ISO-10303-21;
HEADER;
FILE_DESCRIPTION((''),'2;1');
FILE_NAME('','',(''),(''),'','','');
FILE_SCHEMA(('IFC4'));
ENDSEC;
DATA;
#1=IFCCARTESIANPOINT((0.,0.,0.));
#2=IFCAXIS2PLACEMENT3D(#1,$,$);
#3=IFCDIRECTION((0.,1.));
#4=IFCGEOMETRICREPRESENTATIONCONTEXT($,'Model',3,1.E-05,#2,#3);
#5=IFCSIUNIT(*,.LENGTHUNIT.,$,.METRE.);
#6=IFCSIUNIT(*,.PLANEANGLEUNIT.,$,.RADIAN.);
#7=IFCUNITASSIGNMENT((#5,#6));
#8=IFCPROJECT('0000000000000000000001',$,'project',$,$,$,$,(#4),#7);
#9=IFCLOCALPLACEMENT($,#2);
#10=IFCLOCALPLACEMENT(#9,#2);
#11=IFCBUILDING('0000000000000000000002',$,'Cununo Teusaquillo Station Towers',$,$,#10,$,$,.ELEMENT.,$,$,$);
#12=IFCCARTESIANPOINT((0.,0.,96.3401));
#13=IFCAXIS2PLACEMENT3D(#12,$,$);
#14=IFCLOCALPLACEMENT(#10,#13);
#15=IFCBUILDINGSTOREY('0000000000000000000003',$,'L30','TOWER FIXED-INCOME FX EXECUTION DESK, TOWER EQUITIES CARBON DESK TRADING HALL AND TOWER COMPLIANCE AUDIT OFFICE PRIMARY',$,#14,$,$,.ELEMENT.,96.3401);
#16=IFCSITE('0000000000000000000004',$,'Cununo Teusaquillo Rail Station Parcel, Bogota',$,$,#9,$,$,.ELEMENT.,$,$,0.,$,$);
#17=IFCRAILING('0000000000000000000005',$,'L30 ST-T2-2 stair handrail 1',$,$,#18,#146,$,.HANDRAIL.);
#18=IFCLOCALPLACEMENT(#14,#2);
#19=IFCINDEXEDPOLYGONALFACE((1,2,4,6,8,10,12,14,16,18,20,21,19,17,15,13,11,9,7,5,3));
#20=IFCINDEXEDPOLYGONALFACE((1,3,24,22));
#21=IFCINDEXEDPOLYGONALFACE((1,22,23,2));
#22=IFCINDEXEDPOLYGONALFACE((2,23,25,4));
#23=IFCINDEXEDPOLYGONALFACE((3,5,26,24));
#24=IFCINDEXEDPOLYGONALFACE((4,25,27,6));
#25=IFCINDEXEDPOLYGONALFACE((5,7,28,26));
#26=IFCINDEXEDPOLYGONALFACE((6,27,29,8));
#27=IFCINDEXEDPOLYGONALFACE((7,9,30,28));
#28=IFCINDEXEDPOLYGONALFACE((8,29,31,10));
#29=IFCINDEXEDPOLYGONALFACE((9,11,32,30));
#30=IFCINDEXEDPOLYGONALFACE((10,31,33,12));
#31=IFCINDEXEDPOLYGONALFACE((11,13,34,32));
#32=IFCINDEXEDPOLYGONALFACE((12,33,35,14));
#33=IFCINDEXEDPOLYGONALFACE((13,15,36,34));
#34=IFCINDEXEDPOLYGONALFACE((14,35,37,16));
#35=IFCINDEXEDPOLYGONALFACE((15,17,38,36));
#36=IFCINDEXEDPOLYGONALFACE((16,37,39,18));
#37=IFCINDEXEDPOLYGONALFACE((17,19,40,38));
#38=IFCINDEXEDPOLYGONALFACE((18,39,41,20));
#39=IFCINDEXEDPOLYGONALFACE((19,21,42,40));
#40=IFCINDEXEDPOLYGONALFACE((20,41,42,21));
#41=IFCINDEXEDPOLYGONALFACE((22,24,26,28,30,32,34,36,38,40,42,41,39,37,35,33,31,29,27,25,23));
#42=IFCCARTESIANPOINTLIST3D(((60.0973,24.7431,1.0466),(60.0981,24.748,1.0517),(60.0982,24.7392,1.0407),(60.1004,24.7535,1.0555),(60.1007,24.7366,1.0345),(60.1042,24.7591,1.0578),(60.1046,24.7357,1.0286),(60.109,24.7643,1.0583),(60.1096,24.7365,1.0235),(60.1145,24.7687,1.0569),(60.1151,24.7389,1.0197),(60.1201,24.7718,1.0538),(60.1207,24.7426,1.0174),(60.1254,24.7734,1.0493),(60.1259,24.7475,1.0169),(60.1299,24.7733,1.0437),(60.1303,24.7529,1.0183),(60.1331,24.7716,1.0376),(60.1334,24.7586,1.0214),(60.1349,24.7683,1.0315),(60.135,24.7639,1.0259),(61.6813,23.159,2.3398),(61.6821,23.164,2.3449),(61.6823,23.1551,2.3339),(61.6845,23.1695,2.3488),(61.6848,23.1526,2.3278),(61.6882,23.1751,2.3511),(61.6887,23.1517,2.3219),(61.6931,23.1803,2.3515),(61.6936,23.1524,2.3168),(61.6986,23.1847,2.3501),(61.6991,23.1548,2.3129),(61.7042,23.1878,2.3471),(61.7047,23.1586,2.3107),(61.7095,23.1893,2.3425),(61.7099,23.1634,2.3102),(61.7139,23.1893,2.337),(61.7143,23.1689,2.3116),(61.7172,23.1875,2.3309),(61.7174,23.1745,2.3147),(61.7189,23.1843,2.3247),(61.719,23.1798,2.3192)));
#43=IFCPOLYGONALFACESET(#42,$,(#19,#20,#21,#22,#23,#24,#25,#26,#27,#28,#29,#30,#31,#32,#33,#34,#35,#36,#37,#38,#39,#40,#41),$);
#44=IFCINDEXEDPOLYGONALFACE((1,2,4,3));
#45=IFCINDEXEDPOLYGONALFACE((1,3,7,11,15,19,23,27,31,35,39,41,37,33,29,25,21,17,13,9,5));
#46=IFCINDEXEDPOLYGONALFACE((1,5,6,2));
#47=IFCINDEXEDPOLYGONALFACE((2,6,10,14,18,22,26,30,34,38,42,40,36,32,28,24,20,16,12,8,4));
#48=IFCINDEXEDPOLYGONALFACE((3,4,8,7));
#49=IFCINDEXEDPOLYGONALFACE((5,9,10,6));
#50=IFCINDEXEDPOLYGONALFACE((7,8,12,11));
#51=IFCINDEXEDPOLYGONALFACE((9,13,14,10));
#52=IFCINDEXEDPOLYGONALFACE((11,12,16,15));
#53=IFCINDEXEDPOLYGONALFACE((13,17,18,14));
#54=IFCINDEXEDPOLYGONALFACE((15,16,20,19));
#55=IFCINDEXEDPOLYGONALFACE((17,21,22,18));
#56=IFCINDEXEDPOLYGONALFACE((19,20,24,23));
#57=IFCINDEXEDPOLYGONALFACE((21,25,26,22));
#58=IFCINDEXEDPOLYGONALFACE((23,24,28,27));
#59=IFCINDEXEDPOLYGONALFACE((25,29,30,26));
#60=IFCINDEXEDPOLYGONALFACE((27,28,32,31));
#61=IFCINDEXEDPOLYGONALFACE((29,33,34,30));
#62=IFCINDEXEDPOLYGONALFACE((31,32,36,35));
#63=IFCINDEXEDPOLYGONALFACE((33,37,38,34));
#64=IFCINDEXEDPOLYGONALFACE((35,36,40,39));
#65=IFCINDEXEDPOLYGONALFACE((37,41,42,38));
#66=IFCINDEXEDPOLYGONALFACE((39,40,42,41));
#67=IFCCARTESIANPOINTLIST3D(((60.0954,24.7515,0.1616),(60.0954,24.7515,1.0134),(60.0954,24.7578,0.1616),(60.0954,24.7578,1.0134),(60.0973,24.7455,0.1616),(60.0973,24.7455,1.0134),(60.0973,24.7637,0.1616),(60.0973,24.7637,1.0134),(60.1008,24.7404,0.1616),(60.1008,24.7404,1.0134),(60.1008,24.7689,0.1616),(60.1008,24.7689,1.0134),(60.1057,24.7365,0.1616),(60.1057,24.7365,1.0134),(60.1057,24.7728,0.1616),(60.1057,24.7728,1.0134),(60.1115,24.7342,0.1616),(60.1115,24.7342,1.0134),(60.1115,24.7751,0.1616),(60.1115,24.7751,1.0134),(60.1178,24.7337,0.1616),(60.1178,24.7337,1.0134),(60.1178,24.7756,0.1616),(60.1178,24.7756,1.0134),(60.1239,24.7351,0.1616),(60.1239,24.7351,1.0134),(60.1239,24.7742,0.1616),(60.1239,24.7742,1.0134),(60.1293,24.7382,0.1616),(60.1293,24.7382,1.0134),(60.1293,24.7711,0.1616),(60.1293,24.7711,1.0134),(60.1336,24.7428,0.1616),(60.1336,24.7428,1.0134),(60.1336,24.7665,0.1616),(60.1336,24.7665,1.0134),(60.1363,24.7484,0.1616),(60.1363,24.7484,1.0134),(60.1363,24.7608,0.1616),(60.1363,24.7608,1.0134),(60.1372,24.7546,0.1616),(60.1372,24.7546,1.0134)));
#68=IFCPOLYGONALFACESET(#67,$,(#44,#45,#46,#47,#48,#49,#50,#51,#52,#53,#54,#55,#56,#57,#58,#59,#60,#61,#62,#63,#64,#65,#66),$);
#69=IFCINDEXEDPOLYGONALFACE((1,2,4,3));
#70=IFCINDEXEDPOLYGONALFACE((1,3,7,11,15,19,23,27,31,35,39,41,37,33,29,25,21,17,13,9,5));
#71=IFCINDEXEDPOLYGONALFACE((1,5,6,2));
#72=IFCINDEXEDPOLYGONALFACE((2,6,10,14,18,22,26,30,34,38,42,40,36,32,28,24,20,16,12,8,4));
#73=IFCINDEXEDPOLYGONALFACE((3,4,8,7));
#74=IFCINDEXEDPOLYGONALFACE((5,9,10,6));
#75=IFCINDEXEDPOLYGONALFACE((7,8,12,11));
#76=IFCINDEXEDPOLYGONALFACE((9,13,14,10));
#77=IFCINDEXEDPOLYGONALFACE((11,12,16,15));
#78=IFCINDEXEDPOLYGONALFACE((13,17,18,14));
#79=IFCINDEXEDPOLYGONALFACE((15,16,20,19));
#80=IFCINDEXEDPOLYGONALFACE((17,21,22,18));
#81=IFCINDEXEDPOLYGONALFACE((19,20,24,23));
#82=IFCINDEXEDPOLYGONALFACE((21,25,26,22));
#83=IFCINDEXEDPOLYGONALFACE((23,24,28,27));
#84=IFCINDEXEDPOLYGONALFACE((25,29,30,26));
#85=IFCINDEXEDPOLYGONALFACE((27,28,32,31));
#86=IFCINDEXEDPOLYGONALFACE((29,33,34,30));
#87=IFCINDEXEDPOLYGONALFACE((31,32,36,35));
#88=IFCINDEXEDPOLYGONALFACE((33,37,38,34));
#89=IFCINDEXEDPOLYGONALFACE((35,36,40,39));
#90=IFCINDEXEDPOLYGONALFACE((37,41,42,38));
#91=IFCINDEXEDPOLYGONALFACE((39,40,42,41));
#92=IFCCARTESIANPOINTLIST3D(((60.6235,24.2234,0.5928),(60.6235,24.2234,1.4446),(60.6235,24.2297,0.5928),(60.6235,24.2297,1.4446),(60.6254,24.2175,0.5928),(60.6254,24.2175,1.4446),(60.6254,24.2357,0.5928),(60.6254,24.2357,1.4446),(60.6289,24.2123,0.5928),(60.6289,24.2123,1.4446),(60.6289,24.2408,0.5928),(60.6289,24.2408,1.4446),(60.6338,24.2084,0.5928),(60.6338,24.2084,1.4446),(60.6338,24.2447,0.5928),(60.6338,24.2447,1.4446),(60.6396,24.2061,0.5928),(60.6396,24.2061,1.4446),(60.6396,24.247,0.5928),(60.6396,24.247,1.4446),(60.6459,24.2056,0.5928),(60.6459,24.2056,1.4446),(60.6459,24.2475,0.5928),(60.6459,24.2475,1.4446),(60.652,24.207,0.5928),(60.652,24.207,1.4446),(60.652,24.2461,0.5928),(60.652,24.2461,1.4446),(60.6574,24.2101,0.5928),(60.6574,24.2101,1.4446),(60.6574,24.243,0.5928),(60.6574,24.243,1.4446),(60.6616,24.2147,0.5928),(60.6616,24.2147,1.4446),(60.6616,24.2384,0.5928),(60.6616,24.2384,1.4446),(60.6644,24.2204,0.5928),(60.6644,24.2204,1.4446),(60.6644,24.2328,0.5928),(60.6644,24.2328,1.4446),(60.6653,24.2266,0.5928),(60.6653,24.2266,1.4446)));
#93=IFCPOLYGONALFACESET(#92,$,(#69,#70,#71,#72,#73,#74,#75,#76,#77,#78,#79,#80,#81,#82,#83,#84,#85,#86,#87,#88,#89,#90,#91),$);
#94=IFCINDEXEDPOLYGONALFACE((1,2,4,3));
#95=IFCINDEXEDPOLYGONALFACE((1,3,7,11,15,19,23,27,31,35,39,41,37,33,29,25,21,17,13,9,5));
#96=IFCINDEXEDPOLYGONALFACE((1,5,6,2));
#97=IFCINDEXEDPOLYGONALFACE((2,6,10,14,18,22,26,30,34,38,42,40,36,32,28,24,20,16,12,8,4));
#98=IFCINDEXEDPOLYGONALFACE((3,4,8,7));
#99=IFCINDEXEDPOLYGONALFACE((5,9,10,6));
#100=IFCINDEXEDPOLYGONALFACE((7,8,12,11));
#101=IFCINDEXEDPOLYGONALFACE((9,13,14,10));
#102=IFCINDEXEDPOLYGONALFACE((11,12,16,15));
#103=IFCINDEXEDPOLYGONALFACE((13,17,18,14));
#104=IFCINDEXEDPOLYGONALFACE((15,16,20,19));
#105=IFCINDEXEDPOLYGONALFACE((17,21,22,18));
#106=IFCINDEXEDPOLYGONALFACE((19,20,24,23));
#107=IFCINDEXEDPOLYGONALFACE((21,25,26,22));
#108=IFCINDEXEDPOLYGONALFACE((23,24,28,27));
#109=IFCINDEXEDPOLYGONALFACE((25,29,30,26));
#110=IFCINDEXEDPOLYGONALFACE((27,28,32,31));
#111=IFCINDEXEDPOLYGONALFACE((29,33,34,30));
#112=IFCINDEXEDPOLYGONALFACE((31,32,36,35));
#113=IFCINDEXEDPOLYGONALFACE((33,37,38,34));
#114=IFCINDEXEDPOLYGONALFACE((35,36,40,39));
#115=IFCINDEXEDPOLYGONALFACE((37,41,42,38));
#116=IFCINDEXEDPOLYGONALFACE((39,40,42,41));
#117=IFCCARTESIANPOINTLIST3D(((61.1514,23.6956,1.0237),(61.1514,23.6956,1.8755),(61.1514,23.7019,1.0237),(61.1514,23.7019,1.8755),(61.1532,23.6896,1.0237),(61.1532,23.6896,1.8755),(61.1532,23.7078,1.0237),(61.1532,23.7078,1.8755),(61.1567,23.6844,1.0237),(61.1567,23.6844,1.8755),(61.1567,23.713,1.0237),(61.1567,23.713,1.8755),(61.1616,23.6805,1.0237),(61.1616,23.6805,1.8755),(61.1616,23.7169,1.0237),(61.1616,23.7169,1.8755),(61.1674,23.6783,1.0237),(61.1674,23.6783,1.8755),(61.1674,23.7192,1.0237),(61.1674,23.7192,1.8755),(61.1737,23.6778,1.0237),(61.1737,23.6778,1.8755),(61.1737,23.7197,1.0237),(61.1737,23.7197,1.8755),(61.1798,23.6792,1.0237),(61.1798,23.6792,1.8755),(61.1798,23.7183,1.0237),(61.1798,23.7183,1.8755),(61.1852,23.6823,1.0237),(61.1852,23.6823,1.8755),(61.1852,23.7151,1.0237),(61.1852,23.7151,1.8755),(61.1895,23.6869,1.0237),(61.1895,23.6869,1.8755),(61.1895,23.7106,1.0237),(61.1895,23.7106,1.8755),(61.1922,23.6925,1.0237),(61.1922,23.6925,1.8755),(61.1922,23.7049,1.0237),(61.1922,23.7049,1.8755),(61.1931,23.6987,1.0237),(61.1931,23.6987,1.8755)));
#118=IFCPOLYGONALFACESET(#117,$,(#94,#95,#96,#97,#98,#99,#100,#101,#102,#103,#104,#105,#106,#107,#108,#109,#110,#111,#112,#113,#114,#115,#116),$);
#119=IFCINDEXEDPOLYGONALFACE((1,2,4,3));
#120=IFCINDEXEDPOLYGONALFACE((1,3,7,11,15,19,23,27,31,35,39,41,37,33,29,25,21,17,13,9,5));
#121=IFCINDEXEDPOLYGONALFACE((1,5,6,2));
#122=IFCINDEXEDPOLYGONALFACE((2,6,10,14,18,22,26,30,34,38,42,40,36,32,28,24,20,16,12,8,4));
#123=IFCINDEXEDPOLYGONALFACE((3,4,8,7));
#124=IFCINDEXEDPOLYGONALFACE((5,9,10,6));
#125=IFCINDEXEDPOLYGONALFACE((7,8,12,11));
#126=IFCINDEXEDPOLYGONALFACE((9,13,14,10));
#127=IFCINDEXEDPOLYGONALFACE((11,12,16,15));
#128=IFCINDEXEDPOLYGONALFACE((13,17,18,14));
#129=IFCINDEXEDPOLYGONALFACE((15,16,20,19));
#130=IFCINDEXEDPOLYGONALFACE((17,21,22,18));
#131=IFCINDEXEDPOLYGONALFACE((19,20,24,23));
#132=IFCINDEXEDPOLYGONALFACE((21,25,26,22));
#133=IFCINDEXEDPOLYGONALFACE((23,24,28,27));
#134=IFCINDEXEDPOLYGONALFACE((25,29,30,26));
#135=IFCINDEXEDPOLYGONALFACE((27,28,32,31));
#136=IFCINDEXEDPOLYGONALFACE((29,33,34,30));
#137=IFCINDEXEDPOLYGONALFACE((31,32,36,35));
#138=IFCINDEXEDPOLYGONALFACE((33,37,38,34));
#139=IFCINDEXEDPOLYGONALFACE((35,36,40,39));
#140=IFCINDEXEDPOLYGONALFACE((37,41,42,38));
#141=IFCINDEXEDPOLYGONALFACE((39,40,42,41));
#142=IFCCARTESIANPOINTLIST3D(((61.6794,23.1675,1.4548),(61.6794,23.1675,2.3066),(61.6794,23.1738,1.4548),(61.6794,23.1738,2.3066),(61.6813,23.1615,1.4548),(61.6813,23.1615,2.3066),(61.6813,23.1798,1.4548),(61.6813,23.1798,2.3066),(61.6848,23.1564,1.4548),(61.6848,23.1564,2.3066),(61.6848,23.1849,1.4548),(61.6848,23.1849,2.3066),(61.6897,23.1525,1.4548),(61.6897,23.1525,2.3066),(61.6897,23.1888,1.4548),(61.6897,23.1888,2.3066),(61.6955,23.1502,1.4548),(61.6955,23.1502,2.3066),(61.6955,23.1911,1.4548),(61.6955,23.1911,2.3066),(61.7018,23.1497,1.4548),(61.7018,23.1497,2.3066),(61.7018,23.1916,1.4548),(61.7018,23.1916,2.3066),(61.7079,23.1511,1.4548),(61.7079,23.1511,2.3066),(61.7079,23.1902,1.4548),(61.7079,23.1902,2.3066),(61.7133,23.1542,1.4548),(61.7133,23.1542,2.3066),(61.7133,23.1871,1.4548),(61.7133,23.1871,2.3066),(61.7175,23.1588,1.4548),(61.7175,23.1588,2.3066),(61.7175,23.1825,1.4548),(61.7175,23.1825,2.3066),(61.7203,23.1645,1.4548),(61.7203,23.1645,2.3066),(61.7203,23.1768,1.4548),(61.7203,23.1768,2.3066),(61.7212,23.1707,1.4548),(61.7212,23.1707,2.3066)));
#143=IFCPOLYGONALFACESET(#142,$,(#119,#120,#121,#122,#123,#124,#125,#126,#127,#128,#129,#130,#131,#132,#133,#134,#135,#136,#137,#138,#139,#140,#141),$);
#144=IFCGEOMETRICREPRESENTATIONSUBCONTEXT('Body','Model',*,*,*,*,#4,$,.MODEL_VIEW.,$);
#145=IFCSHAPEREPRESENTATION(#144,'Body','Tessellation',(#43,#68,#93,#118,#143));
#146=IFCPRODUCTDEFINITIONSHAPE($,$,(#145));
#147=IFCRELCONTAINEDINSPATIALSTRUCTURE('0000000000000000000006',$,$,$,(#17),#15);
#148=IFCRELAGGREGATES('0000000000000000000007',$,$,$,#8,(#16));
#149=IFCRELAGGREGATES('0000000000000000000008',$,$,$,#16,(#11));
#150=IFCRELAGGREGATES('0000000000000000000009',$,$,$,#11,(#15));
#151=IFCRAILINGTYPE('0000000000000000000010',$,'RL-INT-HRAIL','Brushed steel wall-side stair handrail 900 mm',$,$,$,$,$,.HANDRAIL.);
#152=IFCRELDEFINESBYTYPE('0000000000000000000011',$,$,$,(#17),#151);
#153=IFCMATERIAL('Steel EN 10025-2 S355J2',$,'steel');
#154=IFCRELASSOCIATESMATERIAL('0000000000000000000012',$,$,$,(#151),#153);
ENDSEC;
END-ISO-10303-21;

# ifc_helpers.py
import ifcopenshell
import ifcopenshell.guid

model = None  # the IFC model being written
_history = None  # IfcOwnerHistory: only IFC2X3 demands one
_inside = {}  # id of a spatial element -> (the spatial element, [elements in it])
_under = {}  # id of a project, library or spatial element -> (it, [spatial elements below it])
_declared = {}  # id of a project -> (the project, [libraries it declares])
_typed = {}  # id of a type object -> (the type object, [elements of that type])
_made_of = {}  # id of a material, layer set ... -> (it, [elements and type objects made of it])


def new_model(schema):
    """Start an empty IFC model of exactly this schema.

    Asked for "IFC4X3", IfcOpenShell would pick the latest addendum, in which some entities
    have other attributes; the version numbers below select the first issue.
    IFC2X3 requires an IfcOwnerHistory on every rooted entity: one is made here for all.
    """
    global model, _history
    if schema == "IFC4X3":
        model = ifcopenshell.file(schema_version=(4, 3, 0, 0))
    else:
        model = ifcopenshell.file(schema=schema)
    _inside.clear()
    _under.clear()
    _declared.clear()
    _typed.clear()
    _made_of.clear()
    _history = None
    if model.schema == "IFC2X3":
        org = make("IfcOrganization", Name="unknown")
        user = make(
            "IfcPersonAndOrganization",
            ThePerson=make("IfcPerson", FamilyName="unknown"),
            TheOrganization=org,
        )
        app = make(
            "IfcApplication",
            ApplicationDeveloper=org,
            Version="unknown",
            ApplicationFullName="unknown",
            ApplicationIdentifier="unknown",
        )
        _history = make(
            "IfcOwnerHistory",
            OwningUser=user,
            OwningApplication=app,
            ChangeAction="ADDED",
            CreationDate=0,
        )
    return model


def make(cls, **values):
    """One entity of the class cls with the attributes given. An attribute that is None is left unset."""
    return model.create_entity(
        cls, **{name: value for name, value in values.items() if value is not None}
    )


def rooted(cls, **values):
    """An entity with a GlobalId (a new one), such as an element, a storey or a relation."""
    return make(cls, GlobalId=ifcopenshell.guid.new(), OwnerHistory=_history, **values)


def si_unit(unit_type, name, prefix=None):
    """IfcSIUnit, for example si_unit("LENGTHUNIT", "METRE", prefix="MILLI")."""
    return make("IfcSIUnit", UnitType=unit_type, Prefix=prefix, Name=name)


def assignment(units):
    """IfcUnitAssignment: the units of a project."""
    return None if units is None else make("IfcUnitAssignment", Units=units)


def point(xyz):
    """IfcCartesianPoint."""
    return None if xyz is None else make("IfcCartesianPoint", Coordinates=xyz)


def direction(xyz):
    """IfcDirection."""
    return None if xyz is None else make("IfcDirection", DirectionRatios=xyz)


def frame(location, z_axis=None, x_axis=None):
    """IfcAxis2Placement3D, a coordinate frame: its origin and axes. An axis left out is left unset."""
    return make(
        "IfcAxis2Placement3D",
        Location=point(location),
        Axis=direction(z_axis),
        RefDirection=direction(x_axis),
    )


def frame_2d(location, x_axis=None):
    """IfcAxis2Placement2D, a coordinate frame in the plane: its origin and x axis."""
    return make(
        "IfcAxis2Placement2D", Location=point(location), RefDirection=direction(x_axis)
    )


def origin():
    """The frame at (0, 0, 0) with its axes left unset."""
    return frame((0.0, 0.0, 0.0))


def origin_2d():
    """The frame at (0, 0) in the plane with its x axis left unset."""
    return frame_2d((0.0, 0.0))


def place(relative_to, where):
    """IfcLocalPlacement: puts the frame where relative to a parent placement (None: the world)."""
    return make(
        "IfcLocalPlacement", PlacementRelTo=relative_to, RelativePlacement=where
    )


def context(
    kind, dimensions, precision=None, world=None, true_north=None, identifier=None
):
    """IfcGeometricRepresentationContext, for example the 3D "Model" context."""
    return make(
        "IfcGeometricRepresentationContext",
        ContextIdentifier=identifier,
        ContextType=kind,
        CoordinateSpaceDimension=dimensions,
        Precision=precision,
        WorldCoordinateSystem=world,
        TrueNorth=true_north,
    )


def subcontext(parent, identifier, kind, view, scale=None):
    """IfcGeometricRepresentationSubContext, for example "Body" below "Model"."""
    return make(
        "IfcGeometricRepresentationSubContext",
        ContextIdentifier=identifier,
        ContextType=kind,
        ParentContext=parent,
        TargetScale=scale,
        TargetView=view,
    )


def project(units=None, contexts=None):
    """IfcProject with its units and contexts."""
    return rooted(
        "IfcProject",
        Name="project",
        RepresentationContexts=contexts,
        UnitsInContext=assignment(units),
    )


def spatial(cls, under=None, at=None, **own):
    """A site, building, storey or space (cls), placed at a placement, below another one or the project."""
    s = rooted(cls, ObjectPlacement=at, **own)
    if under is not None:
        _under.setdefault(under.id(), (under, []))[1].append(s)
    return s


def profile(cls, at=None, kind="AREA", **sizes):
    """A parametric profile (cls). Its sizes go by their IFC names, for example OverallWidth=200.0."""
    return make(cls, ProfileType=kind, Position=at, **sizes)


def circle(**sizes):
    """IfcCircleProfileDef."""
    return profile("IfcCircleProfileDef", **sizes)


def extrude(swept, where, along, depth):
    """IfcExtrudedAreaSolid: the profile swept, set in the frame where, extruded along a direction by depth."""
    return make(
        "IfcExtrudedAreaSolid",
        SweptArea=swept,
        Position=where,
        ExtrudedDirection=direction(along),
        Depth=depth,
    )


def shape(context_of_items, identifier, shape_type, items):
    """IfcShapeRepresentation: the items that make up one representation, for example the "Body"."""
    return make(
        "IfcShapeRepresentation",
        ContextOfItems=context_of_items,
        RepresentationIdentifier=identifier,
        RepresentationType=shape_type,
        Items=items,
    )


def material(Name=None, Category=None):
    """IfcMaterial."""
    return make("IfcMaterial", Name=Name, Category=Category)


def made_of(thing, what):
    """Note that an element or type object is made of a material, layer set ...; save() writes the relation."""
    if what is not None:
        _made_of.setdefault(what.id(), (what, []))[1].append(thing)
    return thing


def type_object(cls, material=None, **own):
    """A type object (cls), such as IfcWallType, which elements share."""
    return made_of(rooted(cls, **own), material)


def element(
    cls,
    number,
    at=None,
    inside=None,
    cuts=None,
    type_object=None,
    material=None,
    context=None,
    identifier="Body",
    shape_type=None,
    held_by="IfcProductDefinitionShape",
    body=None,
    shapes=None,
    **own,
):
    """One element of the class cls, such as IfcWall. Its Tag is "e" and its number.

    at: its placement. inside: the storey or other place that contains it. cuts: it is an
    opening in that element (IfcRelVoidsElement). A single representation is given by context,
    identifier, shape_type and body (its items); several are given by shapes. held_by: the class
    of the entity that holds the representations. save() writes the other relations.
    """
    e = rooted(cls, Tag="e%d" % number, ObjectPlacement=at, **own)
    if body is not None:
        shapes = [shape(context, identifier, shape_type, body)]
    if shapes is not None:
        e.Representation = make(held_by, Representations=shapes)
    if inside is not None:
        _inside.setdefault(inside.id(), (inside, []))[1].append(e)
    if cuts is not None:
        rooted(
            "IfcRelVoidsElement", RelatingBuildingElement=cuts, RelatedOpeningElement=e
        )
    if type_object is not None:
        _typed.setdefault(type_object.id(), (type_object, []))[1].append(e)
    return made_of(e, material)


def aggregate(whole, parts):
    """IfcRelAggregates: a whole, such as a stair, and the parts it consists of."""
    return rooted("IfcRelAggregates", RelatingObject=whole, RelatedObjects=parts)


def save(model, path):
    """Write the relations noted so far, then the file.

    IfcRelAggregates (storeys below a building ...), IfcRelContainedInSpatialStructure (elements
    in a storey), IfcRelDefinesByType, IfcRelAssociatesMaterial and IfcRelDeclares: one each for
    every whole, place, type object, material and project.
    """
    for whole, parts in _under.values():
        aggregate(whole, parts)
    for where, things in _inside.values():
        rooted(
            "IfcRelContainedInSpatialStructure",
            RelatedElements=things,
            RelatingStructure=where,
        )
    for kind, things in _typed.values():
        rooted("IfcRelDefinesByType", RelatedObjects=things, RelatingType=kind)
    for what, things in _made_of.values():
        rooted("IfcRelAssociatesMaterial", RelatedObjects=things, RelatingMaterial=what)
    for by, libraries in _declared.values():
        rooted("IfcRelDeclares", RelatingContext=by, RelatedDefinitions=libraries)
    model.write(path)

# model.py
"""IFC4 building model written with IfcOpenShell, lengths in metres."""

from ifc_helpers import new_model, si_unit, direction, frame, origin, origin_2d, place, context, subcontext, project, spatial, circle, extrude, material, type_object, element, save


model = new_model("IFC4")

# Units and contexts
model_context = context("Model", 3, precision=1e-05, world=origin(), true_north=direction((0.0, 1.0)))
body_context = subcontext(model_context, "Body", "Model", "MODEL_VIEW")
ifc_project = project(units=[si_unit("LENGTHUNIT", "METRE"), si_unit("PLANEANGLEUNIT", "RADIAN")], contexts=[model_context])

# Site, building, storey
site_placement = place(None, origin())
site = spatial("IfcSite", under=ifc_project, at=site_placement, Name="Cununo Teusaquillo Rail Station Parcel, Bogota", CompositionType="ELEMENT", RefElevation=0.0)
building_placement = place(site_placement, origin())
building = spatial("IfcBuilding", under=site, at=building_placement, Name="Cununo Teusaquillo Station Towers", CompositionType="ELEMENT")
storey_placement = place(building_placement, frame((0.0, 0.0, 96.3401)))
storey = spatial("IfcBuildingStorey", under=building, at=storey_placement, Name="L30", Description="TOWER FIXED-INCOME FX EXECUTION DESK, TOWER EQUITIES CARBON DESK TRADING HALL AND TOWER COMPLIANCE AUDIT OFFICE PRIMARY", CompositionType="ELEMENT", Elevation=96.3401)

# Railing
ifc_material_1 = material(Name="Steel EN 10025-2 S355J2", Category="steel")
railing_type_1 = type_object("IfcRailingType", Name="RL-INT-HRAIL", Description="Brushed steel wall-side stair handrail 900 mm", PredefinedType="HANDRAIL", material=ifc_material_1)
railing_1_placement = place(storey_placement, frame((60.1162, 24.7546, 0.1616)))
element("IfcRailing", 1, at=railing_1_placement, inside=storey, type_object=railing_type_1, Name="L30 ST-T2-2 stair handrail 1", PredefinedType="HANDRAIL", context=body_context, shape_type="SweptSolid", body=[
    extrude(circle(Radius=0.0239, at=origin_2d()), frame((0.0, 0.0, 0.876), z_axis=(0.612385, -0.612385, 0.49997), x_axis=(0.707107, 0.707107, 0.0)), (0.0, 0.0, 1.0), 2.5867),
    extrude(circle(Radius=0.021, at=origin_2d()), origin(), (0.0, 0.0, 1.0), 0.8518),
    extrude(circle(Radius=0.021, at=origin_2d()), frame((0.5281, -0.5281, 0.4312)), (0.0, 0.0, 1.0), 0.8518),
    extrude(circle(Radius=0.021, at=origin_2d()), frame((1.0559, -1.0559, 0.8621)), (0.0, 0.0, 1.0), 0.8518),
    extrude(circle(Radius=0.021, at=origin_2d()), frame((1.584, -1.584, 1.2932)), (0.0, 0.0, 1.0), 0.8518),
])

save(model, "model.ifc")
